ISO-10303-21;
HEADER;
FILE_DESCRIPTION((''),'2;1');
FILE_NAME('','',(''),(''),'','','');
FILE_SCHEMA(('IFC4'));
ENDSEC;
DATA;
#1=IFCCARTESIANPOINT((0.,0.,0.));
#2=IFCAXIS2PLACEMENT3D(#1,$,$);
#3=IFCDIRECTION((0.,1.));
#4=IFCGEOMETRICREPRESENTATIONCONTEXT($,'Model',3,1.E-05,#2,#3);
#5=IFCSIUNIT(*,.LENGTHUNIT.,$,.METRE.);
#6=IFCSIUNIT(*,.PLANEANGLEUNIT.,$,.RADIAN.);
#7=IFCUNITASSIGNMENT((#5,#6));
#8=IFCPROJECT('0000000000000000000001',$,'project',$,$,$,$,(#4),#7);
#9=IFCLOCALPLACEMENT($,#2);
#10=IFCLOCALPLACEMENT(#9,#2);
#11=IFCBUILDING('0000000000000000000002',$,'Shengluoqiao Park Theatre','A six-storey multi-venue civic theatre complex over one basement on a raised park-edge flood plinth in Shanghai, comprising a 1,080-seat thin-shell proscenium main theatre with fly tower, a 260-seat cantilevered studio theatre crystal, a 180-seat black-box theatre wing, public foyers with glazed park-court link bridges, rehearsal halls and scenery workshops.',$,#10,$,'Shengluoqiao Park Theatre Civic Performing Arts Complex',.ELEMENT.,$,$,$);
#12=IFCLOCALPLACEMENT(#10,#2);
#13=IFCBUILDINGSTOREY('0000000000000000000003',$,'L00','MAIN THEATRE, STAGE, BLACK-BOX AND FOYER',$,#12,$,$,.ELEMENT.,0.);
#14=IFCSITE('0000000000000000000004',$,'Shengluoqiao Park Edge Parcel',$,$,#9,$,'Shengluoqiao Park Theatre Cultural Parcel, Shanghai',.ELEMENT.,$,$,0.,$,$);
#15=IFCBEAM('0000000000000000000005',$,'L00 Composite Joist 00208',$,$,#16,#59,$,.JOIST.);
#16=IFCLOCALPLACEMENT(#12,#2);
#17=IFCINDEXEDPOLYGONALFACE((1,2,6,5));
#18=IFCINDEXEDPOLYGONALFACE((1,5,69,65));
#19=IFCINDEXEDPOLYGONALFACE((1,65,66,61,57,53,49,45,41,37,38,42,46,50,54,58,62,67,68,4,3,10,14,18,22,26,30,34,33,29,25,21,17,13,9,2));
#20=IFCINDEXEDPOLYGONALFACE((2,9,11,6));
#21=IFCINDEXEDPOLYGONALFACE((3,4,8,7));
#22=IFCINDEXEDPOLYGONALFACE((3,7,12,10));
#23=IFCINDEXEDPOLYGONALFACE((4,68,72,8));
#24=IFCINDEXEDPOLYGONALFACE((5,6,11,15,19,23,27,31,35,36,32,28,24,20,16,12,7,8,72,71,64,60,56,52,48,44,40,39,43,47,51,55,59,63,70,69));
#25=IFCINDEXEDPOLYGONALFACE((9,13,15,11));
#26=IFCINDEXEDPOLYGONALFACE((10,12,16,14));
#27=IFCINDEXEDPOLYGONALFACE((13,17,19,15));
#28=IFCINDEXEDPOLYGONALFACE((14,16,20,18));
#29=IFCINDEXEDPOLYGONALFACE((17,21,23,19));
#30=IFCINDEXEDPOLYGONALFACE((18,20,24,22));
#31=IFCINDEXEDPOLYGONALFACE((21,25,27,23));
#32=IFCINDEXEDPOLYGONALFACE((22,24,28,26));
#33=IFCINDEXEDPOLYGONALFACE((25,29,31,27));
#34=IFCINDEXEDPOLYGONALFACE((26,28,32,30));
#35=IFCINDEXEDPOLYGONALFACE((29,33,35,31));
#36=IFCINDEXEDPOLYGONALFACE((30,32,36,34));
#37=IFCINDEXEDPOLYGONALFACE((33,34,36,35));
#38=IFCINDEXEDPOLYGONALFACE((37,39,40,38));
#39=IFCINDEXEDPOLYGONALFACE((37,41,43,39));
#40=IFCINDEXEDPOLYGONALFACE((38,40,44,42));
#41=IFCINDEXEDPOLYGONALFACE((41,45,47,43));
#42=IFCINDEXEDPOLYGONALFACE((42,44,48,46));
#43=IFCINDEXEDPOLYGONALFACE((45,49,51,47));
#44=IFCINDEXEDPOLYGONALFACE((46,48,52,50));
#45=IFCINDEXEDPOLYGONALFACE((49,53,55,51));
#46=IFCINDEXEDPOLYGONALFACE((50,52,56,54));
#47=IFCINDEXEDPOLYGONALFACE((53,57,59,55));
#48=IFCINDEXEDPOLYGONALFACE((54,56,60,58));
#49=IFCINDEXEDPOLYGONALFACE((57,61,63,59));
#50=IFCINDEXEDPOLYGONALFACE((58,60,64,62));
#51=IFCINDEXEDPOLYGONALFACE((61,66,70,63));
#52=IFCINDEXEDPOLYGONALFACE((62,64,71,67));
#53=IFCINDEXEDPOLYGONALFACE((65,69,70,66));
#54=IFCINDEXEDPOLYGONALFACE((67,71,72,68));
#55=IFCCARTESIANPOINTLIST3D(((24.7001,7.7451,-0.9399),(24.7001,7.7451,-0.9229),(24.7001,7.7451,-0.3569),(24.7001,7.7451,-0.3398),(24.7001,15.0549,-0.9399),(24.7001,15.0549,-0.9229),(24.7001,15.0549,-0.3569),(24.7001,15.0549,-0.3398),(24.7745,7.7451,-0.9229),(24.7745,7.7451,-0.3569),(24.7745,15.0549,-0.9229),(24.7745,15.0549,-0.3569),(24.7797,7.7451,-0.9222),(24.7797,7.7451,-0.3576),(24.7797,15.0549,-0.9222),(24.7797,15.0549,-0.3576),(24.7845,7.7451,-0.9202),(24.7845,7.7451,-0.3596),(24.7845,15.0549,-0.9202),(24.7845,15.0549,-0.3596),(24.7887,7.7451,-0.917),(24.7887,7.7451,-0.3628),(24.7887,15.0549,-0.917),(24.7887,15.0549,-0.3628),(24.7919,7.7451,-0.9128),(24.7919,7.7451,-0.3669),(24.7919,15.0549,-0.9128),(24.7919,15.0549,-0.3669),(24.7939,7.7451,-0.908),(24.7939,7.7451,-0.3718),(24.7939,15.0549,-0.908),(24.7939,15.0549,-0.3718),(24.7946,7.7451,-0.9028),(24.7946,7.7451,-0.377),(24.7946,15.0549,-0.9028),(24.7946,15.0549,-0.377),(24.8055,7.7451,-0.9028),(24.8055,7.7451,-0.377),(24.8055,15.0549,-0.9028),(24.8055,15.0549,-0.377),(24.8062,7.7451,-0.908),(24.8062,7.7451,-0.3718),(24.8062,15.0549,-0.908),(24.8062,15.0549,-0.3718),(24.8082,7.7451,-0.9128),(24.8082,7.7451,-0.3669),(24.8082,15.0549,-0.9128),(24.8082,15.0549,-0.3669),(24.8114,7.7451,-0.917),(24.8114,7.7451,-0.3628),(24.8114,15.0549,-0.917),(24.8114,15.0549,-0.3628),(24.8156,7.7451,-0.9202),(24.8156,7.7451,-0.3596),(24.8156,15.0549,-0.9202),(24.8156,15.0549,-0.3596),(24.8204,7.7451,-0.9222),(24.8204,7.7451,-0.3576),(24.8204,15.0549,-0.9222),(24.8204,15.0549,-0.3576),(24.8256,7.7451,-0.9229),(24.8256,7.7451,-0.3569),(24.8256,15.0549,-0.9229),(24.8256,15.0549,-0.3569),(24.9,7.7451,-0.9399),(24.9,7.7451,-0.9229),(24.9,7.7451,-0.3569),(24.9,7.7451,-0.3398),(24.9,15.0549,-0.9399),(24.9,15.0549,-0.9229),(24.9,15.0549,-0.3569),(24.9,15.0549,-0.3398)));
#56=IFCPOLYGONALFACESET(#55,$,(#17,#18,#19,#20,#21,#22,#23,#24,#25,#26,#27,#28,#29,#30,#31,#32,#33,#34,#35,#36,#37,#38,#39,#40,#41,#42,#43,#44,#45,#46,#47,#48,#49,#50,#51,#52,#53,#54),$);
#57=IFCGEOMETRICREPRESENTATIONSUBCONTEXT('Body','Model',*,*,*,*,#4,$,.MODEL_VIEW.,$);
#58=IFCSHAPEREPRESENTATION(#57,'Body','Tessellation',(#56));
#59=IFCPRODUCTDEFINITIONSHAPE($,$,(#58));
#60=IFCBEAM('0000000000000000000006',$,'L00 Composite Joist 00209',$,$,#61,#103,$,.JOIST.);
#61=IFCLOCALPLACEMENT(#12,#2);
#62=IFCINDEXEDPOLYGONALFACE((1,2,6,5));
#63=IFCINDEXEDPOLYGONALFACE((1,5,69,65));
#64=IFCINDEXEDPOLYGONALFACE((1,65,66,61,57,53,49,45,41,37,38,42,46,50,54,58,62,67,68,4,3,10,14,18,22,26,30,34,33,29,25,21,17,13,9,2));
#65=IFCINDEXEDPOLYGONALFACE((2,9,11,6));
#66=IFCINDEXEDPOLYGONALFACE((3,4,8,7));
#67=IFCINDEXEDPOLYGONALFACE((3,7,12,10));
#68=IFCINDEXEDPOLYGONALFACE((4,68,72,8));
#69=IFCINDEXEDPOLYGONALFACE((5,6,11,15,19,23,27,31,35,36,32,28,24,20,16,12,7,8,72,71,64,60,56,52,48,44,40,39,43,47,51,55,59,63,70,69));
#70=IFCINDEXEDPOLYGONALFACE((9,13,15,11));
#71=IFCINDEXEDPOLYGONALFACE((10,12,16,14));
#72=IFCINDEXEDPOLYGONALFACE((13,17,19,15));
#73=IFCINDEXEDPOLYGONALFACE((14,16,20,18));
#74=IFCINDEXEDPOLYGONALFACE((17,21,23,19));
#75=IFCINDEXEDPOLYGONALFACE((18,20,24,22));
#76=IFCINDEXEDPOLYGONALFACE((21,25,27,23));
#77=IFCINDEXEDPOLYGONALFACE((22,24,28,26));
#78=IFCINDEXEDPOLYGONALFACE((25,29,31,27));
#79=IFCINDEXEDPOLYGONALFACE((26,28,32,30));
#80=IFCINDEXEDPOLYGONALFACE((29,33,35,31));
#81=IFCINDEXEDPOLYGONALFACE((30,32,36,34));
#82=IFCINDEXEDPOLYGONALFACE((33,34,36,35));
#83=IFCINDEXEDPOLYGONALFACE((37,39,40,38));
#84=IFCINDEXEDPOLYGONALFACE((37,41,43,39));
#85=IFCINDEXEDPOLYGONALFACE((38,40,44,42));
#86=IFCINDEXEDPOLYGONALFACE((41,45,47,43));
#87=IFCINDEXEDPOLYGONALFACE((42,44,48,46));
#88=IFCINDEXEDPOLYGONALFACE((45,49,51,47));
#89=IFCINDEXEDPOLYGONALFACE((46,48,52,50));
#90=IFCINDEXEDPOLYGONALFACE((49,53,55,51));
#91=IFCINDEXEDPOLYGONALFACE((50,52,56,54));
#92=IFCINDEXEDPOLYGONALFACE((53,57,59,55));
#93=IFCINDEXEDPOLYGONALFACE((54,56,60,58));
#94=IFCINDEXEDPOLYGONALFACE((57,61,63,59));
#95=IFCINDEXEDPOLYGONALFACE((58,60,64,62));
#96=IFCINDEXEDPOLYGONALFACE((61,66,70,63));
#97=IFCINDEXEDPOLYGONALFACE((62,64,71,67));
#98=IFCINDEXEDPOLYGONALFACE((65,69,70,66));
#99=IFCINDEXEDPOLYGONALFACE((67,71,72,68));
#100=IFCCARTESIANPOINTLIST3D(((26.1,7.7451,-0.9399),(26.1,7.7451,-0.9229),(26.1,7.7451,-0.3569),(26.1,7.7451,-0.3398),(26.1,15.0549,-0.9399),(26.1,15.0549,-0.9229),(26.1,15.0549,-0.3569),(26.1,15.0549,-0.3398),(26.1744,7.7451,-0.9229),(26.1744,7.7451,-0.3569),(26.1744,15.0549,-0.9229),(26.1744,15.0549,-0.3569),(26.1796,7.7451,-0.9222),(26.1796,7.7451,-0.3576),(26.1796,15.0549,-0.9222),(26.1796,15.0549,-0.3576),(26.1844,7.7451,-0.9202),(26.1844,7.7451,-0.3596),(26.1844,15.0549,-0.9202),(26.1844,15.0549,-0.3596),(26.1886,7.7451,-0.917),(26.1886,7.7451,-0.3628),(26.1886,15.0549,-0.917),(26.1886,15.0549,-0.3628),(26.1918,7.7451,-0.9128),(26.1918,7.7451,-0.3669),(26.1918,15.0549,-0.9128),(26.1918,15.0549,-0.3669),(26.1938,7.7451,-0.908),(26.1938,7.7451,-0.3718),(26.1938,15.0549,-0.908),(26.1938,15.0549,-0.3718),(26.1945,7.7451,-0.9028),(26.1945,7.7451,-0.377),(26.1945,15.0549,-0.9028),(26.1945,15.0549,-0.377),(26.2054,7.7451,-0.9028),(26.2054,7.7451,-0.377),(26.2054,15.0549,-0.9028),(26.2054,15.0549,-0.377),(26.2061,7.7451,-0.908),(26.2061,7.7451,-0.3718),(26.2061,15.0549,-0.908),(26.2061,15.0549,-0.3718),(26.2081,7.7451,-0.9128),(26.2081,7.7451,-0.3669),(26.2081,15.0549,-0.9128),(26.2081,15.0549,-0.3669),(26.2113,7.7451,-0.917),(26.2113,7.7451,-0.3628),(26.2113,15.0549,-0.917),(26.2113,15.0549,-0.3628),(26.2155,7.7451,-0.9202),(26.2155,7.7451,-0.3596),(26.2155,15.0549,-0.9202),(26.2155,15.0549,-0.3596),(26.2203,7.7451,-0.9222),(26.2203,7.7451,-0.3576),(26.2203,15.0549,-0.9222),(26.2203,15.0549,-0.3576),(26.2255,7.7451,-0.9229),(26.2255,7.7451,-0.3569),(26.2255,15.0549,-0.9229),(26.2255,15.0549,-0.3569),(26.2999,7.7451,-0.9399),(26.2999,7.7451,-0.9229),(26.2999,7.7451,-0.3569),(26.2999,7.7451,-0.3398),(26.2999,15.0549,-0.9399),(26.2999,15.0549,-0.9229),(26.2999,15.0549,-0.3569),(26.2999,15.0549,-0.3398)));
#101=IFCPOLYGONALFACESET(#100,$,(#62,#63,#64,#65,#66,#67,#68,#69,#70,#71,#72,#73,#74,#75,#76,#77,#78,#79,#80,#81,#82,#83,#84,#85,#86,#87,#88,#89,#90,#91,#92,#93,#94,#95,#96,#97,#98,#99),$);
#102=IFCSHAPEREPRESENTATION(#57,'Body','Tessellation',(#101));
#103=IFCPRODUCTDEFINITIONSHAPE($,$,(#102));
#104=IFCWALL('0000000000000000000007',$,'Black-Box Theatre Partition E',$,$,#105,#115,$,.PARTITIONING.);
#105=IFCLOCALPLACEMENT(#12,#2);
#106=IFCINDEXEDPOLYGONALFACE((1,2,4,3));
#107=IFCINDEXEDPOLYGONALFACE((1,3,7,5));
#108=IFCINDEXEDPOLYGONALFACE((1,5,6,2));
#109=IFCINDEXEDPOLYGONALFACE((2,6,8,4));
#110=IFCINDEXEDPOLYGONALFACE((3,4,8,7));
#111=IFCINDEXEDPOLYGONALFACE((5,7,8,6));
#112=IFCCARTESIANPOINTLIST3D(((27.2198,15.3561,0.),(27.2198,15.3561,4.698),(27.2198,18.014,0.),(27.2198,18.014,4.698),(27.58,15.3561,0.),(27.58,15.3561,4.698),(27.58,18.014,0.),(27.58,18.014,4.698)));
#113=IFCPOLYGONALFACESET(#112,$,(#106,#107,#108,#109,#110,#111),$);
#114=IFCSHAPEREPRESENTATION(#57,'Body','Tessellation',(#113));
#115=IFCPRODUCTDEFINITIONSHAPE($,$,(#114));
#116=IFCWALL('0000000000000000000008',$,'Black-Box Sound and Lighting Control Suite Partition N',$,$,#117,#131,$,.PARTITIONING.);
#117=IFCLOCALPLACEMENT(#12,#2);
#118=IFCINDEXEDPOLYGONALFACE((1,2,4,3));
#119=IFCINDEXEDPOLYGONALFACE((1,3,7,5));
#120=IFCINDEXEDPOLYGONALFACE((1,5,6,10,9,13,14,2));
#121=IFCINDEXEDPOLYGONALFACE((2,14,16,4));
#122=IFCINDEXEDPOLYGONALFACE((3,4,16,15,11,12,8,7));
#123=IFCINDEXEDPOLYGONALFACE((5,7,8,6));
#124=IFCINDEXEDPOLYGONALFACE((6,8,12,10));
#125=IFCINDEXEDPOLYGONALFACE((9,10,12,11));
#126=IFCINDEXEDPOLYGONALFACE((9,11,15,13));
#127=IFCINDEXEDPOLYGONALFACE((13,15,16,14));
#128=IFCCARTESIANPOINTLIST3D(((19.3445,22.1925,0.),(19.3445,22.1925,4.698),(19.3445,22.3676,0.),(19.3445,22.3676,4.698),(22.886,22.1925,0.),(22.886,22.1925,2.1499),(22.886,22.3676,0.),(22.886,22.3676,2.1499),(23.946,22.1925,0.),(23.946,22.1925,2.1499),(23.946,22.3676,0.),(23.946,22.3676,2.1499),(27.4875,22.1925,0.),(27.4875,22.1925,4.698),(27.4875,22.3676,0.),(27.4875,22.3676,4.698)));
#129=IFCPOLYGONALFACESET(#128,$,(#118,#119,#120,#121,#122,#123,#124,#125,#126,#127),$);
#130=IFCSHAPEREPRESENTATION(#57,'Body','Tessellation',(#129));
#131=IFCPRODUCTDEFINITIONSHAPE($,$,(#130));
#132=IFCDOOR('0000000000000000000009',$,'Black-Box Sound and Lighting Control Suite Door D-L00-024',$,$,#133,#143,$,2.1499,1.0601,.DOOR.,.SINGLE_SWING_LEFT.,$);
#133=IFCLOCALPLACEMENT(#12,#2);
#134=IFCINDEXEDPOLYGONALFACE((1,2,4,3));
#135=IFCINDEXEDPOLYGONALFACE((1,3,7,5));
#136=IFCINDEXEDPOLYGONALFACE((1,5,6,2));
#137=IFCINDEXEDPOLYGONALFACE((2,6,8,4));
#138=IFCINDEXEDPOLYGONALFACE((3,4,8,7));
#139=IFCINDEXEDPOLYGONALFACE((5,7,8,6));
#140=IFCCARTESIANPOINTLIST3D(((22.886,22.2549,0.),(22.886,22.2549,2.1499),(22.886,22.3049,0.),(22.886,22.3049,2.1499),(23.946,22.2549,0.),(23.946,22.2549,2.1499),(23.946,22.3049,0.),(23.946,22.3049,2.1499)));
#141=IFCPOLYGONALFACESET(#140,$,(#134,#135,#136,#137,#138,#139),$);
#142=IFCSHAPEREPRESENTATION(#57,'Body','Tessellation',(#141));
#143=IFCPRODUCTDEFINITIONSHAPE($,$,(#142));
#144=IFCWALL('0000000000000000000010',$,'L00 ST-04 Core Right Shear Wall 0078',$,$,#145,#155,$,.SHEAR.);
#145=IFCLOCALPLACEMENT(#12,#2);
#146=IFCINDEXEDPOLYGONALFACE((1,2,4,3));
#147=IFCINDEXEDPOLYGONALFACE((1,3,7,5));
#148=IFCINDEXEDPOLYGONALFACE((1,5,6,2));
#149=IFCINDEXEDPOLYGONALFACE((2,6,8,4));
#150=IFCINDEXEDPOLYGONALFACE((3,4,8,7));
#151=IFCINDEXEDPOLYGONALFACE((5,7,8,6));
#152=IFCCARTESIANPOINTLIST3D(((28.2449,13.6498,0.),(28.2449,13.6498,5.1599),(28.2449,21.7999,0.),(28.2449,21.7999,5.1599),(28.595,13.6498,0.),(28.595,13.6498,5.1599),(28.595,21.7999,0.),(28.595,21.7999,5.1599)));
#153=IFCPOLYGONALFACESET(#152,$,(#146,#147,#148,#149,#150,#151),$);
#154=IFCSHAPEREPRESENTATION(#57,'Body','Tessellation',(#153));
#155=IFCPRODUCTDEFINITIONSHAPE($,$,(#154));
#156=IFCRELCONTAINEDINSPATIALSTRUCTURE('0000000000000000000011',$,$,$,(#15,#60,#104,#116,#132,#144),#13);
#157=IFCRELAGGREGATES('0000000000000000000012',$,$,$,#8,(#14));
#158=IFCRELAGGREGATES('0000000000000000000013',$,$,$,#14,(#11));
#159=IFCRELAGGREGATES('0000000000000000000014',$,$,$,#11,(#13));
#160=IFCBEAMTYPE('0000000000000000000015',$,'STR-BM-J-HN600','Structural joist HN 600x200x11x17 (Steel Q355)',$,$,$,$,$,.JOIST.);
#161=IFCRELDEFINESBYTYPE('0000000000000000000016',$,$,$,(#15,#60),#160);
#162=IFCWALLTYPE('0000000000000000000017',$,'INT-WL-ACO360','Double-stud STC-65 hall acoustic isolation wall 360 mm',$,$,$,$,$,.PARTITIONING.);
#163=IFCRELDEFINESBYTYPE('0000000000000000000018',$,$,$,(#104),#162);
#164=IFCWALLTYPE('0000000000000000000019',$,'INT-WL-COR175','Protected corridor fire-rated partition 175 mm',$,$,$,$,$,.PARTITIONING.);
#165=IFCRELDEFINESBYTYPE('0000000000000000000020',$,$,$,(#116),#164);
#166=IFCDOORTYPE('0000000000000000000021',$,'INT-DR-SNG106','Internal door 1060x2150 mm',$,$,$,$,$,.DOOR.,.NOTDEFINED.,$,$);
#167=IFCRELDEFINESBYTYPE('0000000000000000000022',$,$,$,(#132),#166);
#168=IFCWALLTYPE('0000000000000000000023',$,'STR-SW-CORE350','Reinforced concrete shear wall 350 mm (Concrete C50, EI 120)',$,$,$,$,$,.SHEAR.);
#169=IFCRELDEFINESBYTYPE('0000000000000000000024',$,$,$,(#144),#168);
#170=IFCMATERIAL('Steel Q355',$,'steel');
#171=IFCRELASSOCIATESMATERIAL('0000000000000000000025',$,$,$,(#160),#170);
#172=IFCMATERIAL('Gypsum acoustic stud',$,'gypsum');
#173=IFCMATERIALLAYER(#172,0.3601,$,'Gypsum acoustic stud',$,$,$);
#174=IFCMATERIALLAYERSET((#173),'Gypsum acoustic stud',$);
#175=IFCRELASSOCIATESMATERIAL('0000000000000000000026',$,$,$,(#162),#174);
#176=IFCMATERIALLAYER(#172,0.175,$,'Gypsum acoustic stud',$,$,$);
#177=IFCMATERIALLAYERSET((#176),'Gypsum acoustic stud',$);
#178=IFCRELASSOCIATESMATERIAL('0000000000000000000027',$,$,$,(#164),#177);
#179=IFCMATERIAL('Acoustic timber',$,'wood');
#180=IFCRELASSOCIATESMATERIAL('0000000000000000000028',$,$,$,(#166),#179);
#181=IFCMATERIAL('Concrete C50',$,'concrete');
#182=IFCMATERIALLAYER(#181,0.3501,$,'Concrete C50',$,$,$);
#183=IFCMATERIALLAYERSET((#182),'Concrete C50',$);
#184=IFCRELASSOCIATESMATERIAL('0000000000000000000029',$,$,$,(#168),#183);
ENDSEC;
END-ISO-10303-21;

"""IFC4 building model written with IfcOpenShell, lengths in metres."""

from ifc_helpers import new_model, si_unit, direction, frame, frame_2d, origin, origin_2d, place, context, subcontext, project, spatial, rectangle, i_section, extrude, material, layer, layer_set, material_profile, profile_set, type_object, element, fill, save


model = new_model("IFC4")

# Units and contexts
model_context = context("Model", 3, precision=1e-05, world=origin(), true_north=direction((0.0, 1.0)))
body_context = subcontext(model_context, "Body", "Model", "MODEL_VIEW")
ifc_project = project(units=[si_unit("LENGTHUNIT", "METRE"), si_unit("PLANEANGLEUNIT", "RADIAN")], contexts=[model_context])

# Site, building, storey
site_placement = place(None, origin())
site = spatial("IfcSite", under=ifc_project, at=site_placement, Name="Shengluoqiao Park Edge Parcel", LongName="Shengluoqiao Park Theatre Cultural Parcel, Shanghai", CompositionType="ELEMENT", RefElevation=0.0)
building_placement = place(site_placement, origin())
building = spatial("IfcBuilding", under=site, at=building_placement, Name="Shengluoqiao Park Theatre", Description="A six-storey multi-venue civic theatre complex over one basement on a raised park-edge flood plinth in Shanghai, comprising a 1,080-seat thin-shell proscenium main theatre with fly tower, a 260-seat cantilevered studio theatre crystal, a 180-seat black-box theatre wing, public foyers with glazed park-court link bridges, rehearsal halls and scenery workshops.", LongName="Shengluoqiao Park Theatre Civic Performing Arts Complex", CompositionType="ELEMENT")
storey_placement = place(building_placement, origin())
storey = spatial("IfcBuildingStorey", under=building, at=storey_placement, Name="L00", Description="MAIN THEATRE, STAGE, BLACK-BOX AND FOYER", CompositionType="ELEMENT", Elevation=0.0)

# Shared definitions
ifc_material_1 = material(Name="Steel Q355", Category="steel")

# Beams
ifc_material_profile_1 = material_profile(ifc_material_1, i_section(OverallWidth=0.2, OverallDepth=0.6001, WebThickness=0.011, FlangeThickness=0.0171, FilletRadius=0.02, at=origin_2d()), Name="HN 600x200x11x17")
ifc_profile_set_1 = profile_set([ifc_material_profile_1], Name="Steel Q355")
beam_type_1 = type_object("IfcBeamType", Name="STR-BM-J-HN600", Description="Structural joist HN 600x200x11x17 (Steel Q355)", PredefinedType="JOIST", material=ifc_profile_set_1)
for number, where, z_axis, x_axis, name in (
    (1, (24.8, 7.7451, -0.6399), (0.0, 1.0, 0.0), (-1.0, 0.0, 0.0), "L00 Composite Joist 00208"),
    (2, (26.2, 7.7451, -0.6399), (0.0, 1.0, 0.0), (-1.0, 0.0, 0.0), "L00 Composite Joist 00209"),
):
    element("IfcBeam", number, at=place(storey_placement, frame(where, z_axis=z_axis, x_axis=x_axis)), inside=storey, type_object=beam_type_1, Name=name, PredefinedType="JOIST", context=body_context, shape_type="SweptSolid", body=[
        extrude(i_section(OverallWidth=0.2, OverallDepth=0.6001, WebThickness=0.011, FlangeThickness=0.0171, FilletRadius=0.02, at=origin_2d()), origin(), (0.0, 0.0, 1.0), 7.3098),
    ])

# Shared definitions
ifc_material_2 = material(Name="Gypsum acoustic stud", Category="gypsum")
ifc_layer_1 = layer(ifc_material_2, 0.3601, Name="Gypsum acoustic stud")
ifc_layer_set_1 = layer_set([ifc_layer_1], Name="Gypsum acoustic stud")
wall_type_1 = type_object("IfcWallType", Name="INT-WL-ACO360", Description="Double-stud STC-65 hall acoustic isolation wall 360 mm", PredefinedType="PARTITIONING", material=ifc_layer_set_1)
ifc_material_3 = material(Name="Acoustic timber", Category="wood")

# Wall
wall_1_placement = place(storey_placement, frame((27.3999, 15.356, 0.0), z_axis=(0.0, 0.0, 1.0), x_axis=(0.0, 1.0, 0.0)))
element("IfcWall", 3, at=wall_1_placement, inside=storey, type_object=wall_type_1, Name="Black-Box Theatre Partition E", PredefinedType="PARTITIONING", context=body_context, shape_type="SweptSolid", body=[
    extrude(rectangle(XDim=2.658, YDim=0.3601, at=frame_2d((1.3291, 0.0))), origin(), (0.0, 0.0, 1.0), 4.698),
])

# Wall, opening, door
ifc_layer_2 = layer(ifc_material_2, 0.175, Name="Gypsum acoustic stud")
ifc_layer_set_2 = layer_set([ifc_layer_2], Name="Gypsum acoustic stud")
wall_type_2 = type_object("IfcWallType", Name="INT-WL-COR175", Description="Protected corridor fire-rated partition 175 mm", PredefinedType="PARTITIONING", material=ifc_layer_set_2)
wall_2_placement = place(storey_placement, frame((19.3445, 22.28, 0.0), z_axis=(0.0, 0.0, 1.0), x_axis=(1.0, 0.0, 0.0)))
wall_2 = element("IfcWall", 4, at=wall_2_placement, inside=storey, type_object=wall_type_2, Name="Black-Box Sound and Lighting Control Suite Partition N", PredefinedType="PARTITIONING", context=body_context, shape_type="SweptSolid", body=[
    extrude(rectangle(XDim=8.1431, YDim=0.175, at=frame_2d((4.0715, 0.0))), origin(), (0.0, 0.0, 1.0), 4.698),
])
opening_1_placement = place(wall_2_placement, frame((3.5415, 0.0, 0.0)))
opening_1 = element("IfcOpeningElement", 5, at=opening_1_placement, cuts=wall_2, PredefinedType="OPENING", context=body_context, shape_type="SweptSolid", body=[
    extrude(rectangle(XDim=1.0601, YDim=2.1499, at=frame_2d((0.53, 1.075))), frame((0.0, 0.0974, 0.0), z_axis=(0.0, -1.0, 0.0), x_axis=(1.0, 0.0, 0.0)), (0.0, 0.0, 1.0), 0.1951),
])
door_type_1 = type_object("IfcDoorType", Name="INT-DR-SNG106", Description="Internal door 1060x2150 mm", OperationType="NOTDEFINED", PredefinedType="DOOR", material=ifc_material_3)
door_1_placement = place(opening_1_placement, origin())
door_1 = element("IfcDoor", 6, at=door_1_placement, inside=storey, type_object=door_type_1, Name="Black-Box Sound and Lighting Control Suite Door D-L00-024", OperationType="SINGLE_SWING_LEFT", OverallHeight=2.1499, OverallWidth=1.0601, PredefinedType="DOOR", context=body_context, shape_type="SweptSolid", body=[
    extrude(rectangle(XDim=1.0601, YDim=2.1499, at=frame_2d((0.53, 1.075))), frame((0.0, 0.0249, 0.0), z_axis=(0.0, -1.0, 0.0), x_axis=(1.0, 0.0, 0.0)), (0.0, 0.0, 1.0), 0.05),
])
fill(opening_1, door_1)

# Wall
ifc_material_4 = material(Name="Concrete C50", Category="concrete")
ifc_layer_3 = layer(ifc_material_4, 0.3501, Name="Concrete C50")
ifc_layer_set_3 = layer_set([ifc_layer_3], Name="Concrete C50")
wall_type_3 = type_object("IfcWallType", Name="STR-SW-CORE350", Description="Reinforced concrete shear wall 350 mm (Concrete C50, EI 120)", PredefinedType="SHEAR", material=ifc_layer_set_3)
wall_3_placement = place(storey_placement, frame((28.4199, 21.8, 0.0), z_axis=(0.0, 0.0, 1.0), x_axis=(0.0, -1.0, 0.0)))
element("IfcWall", 7, at=wall_3_placement, inside=storey, type_object=wall_type_3, Name="L00 ST-04 Core Right Shear Wall 0078", PredefinedType="SHEAR", context=body_context, shape_type="SweptSolid", body=[
    extrude(rectangle(XDim=8.1501, YDim=0.3501, at=frame_2d((4.0752, 0.0))), origin(), (0.0, 0.0, 1.0), 5.1599),
])

save(model, "model.ifc")
